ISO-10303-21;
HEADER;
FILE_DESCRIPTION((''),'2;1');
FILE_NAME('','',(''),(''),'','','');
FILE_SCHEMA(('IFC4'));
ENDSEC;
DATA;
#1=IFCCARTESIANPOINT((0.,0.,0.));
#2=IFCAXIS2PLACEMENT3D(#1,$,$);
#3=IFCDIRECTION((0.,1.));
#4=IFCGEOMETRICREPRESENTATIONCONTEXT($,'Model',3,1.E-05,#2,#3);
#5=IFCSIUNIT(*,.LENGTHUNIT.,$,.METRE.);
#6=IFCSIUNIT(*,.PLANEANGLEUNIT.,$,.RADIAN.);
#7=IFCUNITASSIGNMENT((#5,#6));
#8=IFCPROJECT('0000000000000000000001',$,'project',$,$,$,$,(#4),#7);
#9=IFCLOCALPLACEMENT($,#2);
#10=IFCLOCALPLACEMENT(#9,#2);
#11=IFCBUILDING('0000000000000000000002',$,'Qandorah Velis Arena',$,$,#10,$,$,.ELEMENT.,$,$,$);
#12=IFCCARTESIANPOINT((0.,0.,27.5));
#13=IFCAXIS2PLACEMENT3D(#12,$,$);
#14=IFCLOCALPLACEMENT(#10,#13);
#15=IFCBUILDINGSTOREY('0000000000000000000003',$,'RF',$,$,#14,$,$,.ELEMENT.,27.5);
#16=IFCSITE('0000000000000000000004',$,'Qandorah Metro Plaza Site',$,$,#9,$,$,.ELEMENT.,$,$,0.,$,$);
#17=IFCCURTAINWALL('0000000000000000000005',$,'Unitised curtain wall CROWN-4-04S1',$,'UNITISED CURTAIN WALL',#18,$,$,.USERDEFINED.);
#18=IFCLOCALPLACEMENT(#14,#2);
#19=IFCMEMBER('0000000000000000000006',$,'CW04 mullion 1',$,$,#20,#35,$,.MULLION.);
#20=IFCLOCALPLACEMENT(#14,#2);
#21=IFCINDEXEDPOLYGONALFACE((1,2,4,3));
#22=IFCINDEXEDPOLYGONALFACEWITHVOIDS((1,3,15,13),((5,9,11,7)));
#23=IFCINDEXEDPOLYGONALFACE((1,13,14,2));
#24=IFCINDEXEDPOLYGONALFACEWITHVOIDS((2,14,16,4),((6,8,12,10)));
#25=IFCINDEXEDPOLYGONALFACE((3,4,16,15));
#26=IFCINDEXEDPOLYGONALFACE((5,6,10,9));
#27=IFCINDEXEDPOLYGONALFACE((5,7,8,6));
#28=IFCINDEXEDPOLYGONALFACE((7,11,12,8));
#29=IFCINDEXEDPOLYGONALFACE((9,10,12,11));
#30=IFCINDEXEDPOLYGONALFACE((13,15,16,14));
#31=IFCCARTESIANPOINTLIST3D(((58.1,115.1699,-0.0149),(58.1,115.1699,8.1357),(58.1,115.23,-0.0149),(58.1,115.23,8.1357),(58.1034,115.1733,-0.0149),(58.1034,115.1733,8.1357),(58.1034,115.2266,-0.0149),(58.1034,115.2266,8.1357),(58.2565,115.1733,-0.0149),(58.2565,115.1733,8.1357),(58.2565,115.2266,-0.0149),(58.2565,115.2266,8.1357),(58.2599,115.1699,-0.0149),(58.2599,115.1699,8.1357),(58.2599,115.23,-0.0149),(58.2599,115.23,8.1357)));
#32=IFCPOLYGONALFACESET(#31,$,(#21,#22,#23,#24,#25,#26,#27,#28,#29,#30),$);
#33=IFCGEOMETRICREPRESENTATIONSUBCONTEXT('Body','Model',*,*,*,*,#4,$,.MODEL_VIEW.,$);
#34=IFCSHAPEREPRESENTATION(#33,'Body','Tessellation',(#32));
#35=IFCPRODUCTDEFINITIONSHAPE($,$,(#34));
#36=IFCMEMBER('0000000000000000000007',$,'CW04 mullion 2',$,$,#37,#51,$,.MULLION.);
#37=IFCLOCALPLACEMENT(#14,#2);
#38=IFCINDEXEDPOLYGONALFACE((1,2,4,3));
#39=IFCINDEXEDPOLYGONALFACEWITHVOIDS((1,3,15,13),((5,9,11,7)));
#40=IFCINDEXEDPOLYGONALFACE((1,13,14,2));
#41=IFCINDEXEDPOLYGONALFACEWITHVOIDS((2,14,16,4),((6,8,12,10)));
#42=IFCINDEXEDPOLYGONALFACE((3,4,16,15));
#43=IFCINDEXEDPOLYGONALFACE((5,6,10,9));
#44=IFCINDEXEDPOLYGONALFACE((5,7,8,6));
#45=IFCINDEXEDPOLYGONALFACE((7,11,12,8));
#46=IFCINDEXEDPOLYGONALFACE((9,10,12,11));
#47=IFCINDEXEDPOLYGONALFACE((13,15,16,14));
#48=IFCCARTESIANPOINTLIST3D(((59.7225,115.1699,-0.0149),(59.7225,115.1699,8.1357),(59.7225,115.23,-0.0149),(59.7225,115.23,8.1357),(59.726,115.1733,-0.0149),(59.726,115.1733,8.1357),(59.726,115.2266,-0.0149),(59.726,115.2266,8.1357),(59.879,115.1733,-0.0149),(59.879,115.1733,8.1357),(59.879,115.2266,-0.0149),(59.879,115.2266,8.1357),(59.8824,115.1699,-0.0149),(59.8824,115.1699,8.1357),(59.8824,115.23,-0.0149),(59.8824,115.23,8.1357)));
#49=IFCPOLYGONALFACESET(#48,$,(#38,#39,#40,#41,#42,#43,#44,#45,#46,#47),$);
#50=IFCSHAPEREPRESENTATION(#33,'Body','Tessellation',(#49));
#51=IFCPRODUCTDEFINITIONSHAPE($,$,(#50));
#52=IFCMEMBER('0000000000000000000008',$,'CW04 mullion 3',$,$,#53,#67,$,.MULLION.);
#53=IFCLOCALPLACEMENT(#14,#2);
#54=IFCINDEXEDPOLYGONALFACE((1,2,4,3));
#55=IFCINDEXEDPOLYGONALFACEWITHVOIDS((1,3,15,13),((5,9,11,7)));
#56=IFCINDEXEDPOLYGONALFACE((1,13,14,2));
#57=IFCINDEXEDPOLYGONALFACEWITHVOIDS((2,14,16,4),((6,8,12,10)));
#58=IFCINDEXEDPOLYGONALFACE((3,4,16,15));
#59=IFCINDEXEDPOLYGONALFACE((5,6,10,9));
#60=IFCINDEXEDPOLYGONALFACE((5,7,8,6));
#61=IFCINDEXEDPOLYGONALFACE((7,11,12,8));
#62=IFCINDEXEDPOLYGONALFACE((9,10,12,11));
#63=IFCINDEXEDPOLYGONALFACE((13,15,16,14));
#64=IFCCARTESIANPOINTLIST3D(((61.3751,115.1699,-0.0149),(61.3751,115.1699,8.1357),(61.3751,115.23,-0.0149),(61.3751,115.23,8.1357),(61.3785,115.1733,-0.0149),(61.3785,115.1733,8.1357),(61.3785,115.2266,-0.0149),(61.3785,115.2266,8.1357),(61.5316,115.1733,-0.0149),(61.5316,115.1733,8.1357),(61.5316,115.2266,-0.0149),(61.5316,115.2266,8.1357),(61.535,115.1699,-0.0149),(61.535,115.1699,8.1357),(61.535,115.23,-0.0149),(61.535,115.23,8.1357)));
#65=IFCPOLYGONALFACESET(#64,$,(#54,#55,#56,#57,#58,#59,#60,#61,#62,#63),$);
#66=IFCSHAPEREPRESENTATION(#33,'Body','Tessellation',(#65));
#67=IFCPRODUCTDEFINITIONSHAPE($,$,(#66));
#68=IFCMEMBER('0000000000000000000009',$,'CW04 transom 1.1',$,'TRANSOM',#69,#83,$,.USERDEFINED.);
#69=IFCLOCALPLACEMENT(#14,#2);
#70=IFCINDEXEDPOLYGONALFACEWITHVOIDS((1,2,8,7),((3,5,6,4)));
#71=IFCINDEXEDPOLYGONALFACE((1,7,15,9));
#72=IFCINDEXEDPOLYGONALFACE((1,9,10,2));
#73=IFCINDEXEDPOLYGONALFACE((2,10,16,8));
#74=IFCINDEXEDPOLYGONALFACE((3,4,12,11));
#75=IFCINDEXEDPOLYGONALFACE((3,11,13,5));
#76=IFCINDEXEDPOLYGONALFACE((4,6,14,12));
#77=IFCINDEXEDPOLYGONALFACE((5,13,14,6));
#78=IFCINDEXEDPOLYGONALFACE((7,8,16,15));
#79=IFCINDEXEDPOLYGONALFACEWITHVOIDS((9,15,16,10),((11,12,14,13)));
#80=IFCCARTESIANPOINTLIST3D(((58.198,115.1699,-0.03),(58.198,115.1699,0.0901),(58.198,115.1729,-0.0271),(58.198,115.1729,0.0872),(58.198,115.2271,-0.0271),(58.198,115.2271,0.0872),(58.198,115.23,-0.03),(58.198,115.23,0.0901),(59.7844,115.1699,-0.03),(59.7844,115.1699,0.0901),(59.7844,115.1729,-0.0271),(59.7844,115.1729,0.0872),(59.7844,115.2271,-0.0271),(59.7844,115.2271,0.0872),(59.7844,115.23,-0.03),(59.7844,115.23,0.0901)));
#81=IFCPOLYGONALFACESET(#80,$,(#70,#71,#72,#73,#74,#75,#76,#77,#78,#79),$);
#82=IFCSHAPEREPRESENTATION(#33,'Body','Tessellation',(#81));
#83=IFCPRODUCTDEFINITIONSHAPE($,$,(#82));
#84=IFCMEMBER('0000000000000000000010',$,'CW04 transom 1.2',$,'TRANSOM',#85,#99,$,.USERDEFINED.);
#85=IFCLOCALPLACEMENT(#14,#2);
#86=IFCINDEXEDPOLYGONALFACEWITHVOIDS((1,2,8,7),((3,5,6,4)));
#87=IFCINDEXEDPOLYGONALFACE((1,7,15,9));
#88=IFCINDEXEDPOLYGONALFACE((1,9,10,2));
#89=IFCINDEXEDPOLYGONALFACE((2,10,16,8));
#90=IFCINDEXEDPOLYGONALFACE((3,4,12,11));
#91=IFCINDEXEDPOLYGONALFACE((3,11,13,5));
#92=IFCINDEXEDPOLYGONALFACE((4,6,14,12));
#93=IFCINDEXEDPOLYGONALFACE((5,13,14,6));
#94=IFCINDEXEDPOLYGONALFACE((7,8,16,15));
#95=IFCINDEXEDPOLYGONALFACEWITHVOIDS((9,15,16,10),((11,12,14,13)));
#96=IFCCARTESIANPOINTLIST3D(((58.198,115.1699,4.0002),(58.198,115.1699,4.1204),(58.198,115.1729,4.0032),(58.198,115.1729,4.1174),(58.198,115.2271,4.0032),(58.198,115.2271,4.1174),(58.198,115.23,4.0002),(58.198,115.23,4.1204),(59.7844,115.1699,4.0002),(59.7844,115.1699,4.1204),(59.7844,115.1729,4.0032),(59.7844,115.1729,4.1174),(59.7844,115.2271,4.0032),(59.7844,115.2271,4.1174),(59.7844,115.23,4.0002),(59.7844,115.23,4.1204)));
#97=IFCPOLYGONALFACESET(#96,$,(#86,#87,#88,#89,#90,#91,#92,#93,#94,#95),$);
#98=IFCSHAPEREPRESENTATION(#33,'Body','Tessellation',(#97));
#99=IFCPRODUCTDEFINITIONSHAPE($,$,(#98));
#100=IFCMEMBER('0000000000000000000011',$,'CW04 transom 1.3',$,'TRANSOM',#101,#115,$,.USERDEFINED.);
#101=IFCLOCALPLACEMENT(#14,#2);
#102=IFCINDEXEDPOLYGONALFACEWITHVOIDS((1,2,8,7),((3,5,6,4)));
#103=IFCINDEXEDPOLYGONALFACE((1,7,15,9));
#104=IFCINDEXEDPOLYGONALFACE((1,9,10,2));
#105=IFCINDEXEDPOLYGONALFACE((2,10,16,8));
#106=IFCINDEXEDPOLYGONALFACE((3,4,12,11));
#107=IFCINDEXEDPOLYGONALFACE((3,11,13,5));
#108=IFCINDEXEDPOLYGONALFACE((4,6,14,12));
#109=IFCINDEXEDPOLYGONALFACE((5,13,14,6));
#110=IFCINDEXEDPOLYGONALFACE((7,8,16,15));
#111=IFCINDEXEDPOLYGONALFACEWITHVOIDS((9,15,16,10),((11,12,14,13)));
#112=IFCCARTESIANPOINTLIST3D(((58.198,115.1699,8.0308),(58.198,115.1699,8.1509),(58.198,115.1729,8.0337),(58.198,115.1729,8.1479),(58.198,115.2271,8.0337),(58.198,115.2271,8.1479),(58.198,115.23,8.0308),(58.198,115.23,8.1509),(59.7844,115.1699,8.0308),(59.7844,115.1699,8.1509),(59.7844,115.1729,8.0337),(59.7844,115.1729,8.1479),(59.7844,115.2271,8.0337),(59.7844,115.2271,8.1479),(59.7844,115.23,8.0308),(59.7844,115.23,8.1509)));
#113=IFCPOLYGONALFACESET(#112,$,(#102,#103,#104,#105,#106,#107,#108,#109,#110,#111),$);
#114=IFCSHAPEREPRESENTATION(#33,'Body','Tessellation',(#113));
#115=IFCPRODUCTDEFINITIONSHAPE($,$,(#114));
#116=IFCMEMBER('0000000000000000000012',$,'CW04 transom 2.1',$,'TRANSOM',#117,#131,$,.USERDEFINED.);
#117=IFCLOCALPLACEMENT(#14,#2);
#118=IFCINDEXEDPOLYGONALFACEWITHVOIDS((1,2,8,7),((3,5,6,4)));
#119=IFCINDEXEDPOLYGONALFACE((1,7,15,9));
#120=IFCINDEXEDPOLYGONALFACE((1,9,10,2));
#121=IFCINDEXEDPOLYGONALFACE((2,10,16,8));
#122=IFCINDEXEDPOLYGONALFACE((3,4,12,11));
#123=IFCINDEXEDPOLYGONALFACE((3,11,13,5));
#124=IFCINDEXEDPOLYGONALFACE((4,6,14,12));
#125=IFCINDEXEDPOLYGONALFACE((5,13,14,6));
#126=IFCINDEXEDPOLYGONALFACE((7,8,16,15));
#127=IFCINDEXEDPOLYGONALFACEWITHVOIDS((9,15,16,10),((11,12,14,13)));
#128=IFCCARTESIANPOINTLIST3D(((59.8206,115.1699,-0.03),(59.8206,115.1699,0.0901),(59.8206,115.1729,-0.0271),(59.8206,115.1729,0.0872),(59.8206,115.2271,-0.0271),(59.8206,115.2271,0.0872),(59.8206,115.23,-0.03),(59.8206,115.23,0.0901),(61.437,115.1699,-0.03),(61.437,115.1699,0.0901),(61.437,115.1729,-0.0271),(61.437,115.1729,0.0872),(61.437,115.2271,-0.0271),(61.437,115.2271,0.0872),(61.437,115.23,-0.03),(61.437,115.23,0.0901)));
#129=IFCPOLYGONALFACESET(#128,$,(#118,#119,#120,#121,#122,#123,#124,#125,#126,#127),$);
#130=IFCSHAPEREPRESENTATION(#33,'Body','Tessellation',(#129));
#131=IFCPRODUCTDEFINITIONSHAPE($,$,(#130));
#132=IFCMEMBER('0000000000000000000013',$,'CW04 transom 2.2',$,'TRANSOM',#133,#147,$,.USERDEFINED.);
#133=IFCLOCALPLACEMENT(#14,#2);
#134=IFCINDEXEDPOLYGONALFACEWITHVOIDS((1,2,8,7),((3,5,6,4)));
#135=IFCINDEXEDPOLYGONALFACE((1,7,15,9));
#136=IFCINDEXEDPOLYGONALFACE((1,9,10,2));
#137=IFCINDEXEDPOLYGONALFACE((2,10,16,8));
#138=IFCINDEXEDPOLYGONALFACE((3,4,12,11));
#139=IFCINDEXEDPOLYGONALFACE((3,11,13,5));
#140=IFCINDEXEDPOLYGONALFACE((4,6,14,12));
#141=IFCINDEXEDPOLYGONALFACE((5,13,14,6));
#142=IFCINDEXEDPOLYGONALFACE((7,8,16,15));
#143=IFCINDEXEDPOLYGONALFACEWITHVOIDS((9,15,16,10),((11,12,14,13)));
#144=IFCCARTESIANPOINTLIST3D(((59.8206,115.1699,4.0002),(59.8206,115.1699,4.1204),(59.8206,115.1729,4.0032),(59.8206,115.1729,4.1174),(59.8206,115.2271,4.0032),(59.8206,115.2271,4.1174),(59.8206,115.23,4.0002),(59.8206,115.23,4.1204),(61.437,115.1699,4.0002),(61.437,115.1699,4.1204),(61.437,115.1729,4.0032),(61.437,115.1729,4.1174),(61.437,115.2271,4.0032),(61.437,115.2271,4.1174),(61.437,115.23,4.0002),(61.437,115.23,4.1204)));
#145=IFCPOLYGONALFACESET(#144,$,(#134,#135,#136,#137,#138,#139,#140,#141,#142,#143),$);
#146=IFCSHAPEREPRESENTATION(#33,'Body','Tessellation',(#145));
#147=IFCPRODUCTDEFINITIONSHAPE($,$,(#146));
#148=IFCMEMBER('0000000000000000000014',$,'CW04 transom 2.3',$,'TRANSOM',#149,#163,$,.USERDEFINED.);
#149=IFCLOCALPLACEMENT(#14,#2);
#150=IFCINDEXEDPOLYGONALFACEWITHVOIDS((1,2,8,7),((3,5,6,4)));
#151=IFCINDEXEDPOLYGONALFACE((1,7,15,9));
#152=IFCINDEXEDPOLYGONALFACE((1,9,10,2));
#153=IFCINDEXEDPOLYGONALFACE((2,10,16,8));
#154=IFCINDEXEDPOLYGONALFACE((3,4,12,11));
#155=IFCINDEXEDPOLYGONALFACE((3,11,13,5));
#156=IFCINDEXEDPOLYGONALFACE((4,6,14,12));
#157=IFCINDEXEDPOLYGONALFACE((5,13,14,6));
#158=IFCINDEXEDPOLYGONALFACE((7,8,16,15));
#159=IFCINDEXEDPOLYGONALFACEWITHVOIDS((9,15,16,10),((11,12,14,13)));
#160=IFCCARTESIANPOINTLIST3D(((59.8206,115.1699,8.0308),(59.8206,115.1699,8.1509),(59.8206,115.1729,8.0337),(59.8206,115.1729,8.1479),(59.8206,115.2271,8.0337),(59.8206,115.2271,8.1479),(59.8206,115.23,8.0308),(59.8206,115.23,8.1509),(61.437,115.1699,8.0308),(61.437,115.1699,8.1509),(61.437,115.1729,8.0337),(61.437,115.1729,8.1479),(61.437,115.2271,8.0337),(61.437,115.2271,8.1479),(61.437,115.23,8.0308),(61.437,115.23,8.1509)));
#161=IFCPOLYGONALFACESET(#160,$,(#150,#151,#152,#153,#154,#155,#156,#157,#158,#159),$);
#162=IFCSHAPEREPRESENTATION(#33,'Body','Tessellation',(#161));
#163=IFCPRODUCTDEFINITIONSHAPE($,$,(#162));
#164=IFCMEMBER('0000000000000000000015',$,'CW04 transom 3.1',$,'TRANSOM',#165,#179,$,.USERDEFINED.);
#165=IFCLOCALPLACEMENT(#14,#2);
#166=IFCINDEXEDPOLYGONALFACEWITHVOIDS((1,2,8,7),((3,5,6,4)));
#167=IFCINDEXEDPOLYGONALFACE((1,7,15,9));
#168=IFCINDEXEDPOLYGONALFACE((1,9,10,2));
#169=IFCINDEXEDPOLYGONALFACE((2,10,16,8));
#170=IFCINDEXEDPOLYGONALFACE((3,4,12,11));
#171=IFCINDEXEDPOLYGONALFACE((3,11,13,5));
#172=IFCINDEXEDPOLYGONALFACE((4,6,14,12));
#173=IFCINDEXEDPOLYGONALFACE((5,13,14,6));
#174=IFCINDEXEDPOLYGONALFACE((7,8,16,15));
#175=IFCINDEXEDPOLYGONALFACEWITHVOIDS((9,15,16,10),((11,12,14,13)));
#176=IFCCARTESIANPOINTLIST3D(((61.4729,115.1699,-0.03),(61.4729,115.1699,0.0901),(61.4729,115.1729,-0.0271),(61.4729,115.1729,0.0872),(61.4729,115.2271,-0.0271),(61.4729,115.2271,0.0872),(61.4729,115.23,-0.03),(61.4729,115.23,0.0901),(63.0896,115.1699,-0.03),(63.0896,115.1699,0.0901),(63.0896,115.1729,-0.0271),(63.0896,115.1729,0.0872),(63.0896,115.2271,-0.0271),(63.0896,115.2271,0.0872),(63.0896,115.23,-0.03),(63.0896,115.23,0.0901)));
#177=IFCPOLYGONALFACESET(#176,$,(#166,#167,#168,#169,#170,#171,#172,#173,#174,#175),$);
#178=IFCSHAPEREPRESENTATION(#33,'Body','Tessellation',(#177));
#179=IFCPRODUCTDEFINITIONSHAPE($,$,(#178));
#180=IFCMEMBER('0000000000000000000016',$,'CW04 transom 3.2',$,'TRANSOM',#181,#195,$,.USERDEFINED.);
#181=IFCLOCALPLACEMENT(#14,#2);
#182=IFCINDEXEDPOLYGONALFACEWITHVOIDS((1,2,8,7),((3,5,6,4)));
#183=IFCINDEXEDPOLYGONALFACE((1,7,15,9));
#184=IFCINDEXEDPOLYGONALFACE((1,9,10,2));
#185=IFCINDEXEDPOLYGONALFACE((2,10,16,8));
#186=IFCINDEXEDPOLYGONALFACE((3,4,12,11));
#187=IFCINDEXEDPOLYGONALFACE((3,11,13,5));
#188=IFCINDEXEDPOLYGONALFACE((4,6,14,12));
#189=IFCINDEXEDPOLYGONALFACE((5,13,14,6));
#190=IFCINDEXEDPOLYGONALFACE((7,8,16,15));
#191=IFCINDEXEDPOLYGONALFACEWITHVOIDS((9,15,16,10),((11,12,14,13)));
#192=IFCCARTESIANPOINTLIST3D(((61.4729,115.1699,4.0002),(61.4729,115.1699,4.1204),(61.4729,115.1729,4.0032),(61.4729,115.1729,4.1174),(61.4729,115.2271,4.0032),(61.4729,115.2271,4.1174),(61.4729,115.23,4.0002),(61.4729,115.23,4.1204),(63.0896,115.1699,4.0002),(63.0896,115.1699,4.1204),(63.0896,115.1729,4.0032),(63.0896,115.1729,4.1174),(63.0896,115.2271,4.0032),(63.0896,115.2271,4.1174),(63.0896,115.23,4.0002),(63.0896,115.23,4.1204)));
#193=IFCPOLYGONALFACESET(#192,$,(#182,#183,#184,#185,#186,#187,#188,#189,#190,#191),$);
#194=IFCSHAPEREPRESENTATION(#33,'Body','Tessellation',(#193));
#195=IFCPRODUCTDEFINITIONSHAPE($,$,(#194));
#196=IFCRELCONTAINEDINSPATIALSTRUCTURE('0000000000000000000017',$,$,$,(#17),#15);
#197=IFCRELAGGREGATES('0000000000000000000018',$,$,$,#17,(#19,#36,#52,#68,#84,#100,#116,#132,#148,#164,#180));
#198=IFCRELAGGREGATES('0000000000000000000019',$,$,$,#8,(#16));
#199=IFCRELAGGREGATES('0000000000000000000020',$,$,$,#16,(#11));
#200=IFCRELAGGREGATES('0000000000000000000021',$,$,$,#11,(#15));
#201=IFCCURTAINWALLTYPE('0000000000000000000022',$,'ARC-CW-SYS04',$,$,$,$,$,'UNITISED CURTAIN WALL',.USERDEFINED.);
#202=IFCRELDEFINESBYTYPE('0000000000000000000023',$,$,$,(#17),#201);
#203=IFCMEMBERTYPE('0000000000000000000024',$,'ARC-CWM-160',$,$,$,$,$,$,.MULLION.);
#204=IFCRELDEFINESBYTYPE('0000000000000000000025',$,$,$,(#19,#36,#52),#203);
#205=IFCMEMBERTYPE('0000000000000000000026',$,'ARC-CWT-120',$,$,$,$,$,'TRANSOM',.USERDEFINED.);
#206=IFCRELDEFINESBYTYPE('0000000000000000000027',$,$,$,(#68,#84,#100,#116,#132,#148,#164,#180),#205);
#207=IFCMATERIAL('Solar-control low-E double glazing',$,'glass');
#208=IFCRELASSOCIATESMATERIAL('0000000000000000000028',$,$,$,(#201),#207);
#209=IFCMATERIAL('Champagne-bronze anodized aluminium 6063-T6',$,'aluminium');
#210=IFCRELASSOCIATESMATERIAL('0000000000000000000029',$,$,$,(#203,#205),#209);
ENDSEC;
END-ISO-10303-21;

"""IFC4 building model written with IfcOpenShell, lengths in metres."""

from ifc_helpers import new_model, si_unit, direction, frame, origin, origin_2d, place, context, subcontext, project, spatial, hollow_rectangle, extrude, material, material_profile, profile_set, type_object, element, aggregate, save


model = new_model("IFC4")

# Units and contexts
model_context = context("Model", 3, precision=1e-05, world=origin(), true_north=direction((0.0, 1.0)))
body_context = subcontext(model_context, "Body", "Model", "MODEL_VIEW")
ifc_project = project(units=[si_unit("LENGTHUNIT", "METRE"), si_unit("PLANEANGLEUNIT", "RADIAN")], contexts=[model_context])

# Site, building, storey
site_placement = place(None, origin())
site = spatial("IfcSite", under=ifc_project, at=site_placement, Name="Qandorah Metro Plaza Site", CompositionType="ELEMENT", RefElevation=0.0)
building_placement = place(site_placement, origin())
building = spatial("IfcBuilding", under=site, at=building_placement, Name="Qandorah Velis Arena", CompositionType="ELEMENT")
storey_placement = place(building_placement, frame((0.0, 0.0, 27.5)))
storey = spatial("IfcBuildingStorey", under=building, at=storey_placement, Name="RF", CompositionType="ELEMENT", Elevation=27.5)

# Curtain wall, members
ifc_material_1 = material(Name="Solar-control low-E double glazing", Category="glass")
curtain_wall_type = type_object("IfcCurtainWallType", Name="ARC-CW-SYS04", ElementType="UNITISED CURTAIN WALL", PredefinedType="USERDEFINED", material=ifc_material_1)
curtain_wall_placement = place(storey_placement, origin())
curtain_wall = element("IfcCurtainWall", 1, at=curtain_wall_placement, inside=storey, type_object=curtain_wall_type, Name="Unitised curtain wall CROWN-4-04S1", ObjectType="UNITISED CURTAIN WALL", PredefinedType="USERDEFINED")
ifc_material_2 = material(Name="Champagne-bronze anodized aluminium 6063-T6", Category="aluminium")
ifc_material_profile_1 = material_profile(ifc_material_2, hollow_rectangle(XDim=0.0601, YDim=0.1599, WallThickness=0.0034, at=origin_2d()), Name="ALU MULLION 60x160")
ifc_profile_set_1 = profile_set([ifc_material_profile_1], Name="Champagne-bronze anodized aluminium 6063-T6")
member_type_1 = type_object("IfcMemberType", Name="ARC-CWM-160", PredefinedType="MULLION", material=ifc_profile_set_1)
member_1_placement = place(storey_placement, frame((58.1799, 115.2, -0.0149), z_axis=(0.0, 0.0, 1.0), x_axis=(0.0, 1.0, 0.0)))
member_1 = element("IfcMember", 2, at=member_1_placement, type_object=member_type_1, Name="CW04 mullion 1", PredefinedType="MULLION", context=body_context, shape_type="SweptSolid", body=[
    extrude(hollow_rectangle(XDim=0.0601, YDim=0.1599, WallThickness=0.0034, at=origin_2d()), origin(), (0.0, 0.0, 1.0), 8.1506),
])
member_2_placement = place(storey_placement, frame((59.8025, 115.2, -0.0149), z_axis=(0.0, 0.0, 1.0), x_axis=(0.0, 1.0, 0.0)))
member_2 = element("IfcMember", 3, at=member_2_placement, type_object=member_type_1, Name="CW04 mullion 2", PredefinedType="MULLION", context=body_context, shape_type="SweptSolid", body=[
    extrude(hollow_rectangle(XDim=0.0601, YDim=0.1599, WallThickness=0.0034, at=origin_2d()), origin(), (0.0, 0.0, 1.0), 8.1506),
])
member_3_placement = place(storey_placement, frame((61.4551, 115.2, -0.0149), z_axis=(0.0, 0.0, 1.0), x_axis=(0.0, 1.0, 0.0)))
member_3 = element("IfcMember", 4, at=member_3_placement, type_object=member_type_1, Name="CW04 mullion 3", PredefinedType="MULLION", context=body_context, shape_type="SweptSolid", body=[
    extrude(hollow_rectangle(XDim=0.0601, YDim=0.1599, WallThickness=0.0034, at=origin_2d()), origin(), (0.0, 0.0, 1.0), 8.1506),
])
ifc_material_profile_2 = material_profile(ifc_material_2, hollow_rectangle(XDim=0.0601, YDim=0.1201, WallThickness=0.0029, at=origin_2d()), Name="ALU TRANSOM 60x120")
ifc_profile_set_2 = profile_set([ifc_material_profile_2], Name="Champagne-bronze anodized aluminium 6063-T6")
member_type_2 = type_object("IfcMemberType", Name="ARC-CWT-120", ElementType="TRANSOM", PredefinedType="USERDEFINED", material=ifc_profile_set_2)
member_4_placement = place(storey_placement, frame((58.198, 115.2, 0.03), z_axis=(1.0, 0.0, 0.0), x_axis=(0.0, 1.0, 0.0)))
member_4 = element("IfcMember", 5, at=member_4_placement, type_object=member_type_2, Name="CW04 transom 1.1", ObjectType="TRANSOM", PredefinedType="USERDEFINED", context=body_context, shape_type="SweptSolid", body=[
    extrude(hollow_rectangle(XDim=0.0601, YDim=0.1201, WallThickness=0.0029, at=origin_2d()), origin(), (0.0, 0.0, 1.0), 1.5864),
])
member_5_placement = place(storey_placement, frame((58.198, 115.2, 4.0603), z_axis=(1.0, 0.0, 0.0), x_axis=(0.0, 1.0, 0.0)))
member_5 = element("IfcMember", 6, at=member_5_placement, type_object=member_type_2, Name="CW04 transom 1.2", ObjectType="TRANSOM", PredefinedType="USERDEFINED", context=body_context, shape_type="SweptSolid", body=[
    extrude(hollow_rectangle(XDim=0.0601, YDim=0.1201, WallThickness=0.0029, at=origin_2d()), origin(), (0.0, 0.0, 1.0), 1.5864),
])
member_6_placement = place(storey_placement, frame((58.198, 115.2, 8.0908), z_axis=(1.0, 0.0, 0.0), x_axis=(0.0, 1.0, 0.0)))
member_6 = element("IfcMember", 7, at=member_6_placement, type_object=member_type_2, Name="CW04 transom 1.3", ObjectType="TRANSOM", PredefinedType="USERDEFINED", context=body_context, shape_type="SweptSolid", body=[
    extrude(hollow_rectangle(XDim=0.0601, YDim=0.1201, WallThickness=0.0029, at=origin_2d()), origin(), (0.0, 0.0, 1.0), 1.5864),
])
member_7_placement = place(storey_placement, frame((59.8206, 115.2, 0.03), z_axis=(1.0, 0.0, 0.0), x_axis=(0.0, 1.0, 0.0)))
member_7 = element("IfcMember", 8, at=member_7_placement, type_object=member_type_2, Name="CW04 transom 2.1", ObjectType="TRANSOM", PredefinedType="USERDEFINED", context=body_context, shape_type="SweptSolid", body=[
    extrude(hollow_rectangle(XDim=0.0601, YDim=0.1201, WallThickness=0.0029, at=origin_2d()), origin(), (0.0, 0.0, 1.0), 1.6165),
])
member_8_placement = place(storey_placement, frame((59.8206, 115.2, 4.0603), z_axis=(1.0, 0.0, 0.0), x_axis=(0.0, 1.0, 0.0)))
member_8 = element("IfcMember", 9, at=member_8_placement, type_object=member_type_2, Name="CW04 transom 2.2", ObjectType="TRANSOM", PredefinedType="USERDEFINED", context=body_context, shape_type="SweptSolid", body=[
    extrude(hollow_rectangle(XDim=0.0601, YDim=0.1201, WallThickness=0.0029, at=origin_2d()), origin(), (0.0, 0.0, 1.0), 1.6165),
])
member_9_placement = place(storey_placement, frame((59.8206, 115.2, 8.0908), z_axis=(1.0, 0.0, 0.0), x_axis=(0.0, 1.0, 0.0)))
member_9 = element("IfcMember", 10, at=member_9_placement, type_object=member_type_2, Name="CW04 transom 2.3", ObjectType="TRANSOM", PredefinedType="USERDEFINED", context=body_context, shape_type="SweptSolid", body=[
    extrude(hollow_rectangle(XDim=0.0601, YDim=0.1201, WallThickness=0.0029, at=origin_2d()), origin(), (0.0, 0.0, 1.0), 1.6165),
])
member_10_placement = place(storey_placement, frame((61.4729, 115.2, 0.03), z_axis=(1.0, 0.0, 0.0), x_axis=(0.0, 1.0, 0.0)))
member_10 = element("IfcMember", 11, at=member_10_placement, type_object=member_type_2, Name="CW04 transom 3.1", ObjectType="TRANSOM", PredefinedType="USERDEFINED", context=body_context, shape_type="SweptSolid", body=[
    extrude(hollow_rectangle(XDim=0.0601, YDim=0.1201, WallThickness=0.0029, at=origin_2d()), origin(), (0.0, 0.0, 1.0), 1.6167),
])
member_11_placement = place(storey_placement, frame((61.4729, 115.2, 4.0603), z_axis=(1.0, 0.0, 0.0), x_axis=(0.0, 1.0, 0.0)))
member_11 = element("IfcMember", 12, at=member_11_placement, type_object=member_type_2, Name="CW04 transom 3.2", ObjectType="TRANSOM", PredefinedType="USERDEFINED", context=body_context, shape_type="SweptSolid", body=[
    extrude(hollow_rectangle(XDim=0.0601, YDim=0.1201, WallThickness=0.0029, at=origin_2d()), origin(), (0.0, 0.0, 1.0), 1.6167),
])

aggregate(curtain_wall, [member_1, member_2, member_3, member_4, member_5, member_6, member_7, member_8, member_9, member_10, member_11])

save(model, "model.ifc")
